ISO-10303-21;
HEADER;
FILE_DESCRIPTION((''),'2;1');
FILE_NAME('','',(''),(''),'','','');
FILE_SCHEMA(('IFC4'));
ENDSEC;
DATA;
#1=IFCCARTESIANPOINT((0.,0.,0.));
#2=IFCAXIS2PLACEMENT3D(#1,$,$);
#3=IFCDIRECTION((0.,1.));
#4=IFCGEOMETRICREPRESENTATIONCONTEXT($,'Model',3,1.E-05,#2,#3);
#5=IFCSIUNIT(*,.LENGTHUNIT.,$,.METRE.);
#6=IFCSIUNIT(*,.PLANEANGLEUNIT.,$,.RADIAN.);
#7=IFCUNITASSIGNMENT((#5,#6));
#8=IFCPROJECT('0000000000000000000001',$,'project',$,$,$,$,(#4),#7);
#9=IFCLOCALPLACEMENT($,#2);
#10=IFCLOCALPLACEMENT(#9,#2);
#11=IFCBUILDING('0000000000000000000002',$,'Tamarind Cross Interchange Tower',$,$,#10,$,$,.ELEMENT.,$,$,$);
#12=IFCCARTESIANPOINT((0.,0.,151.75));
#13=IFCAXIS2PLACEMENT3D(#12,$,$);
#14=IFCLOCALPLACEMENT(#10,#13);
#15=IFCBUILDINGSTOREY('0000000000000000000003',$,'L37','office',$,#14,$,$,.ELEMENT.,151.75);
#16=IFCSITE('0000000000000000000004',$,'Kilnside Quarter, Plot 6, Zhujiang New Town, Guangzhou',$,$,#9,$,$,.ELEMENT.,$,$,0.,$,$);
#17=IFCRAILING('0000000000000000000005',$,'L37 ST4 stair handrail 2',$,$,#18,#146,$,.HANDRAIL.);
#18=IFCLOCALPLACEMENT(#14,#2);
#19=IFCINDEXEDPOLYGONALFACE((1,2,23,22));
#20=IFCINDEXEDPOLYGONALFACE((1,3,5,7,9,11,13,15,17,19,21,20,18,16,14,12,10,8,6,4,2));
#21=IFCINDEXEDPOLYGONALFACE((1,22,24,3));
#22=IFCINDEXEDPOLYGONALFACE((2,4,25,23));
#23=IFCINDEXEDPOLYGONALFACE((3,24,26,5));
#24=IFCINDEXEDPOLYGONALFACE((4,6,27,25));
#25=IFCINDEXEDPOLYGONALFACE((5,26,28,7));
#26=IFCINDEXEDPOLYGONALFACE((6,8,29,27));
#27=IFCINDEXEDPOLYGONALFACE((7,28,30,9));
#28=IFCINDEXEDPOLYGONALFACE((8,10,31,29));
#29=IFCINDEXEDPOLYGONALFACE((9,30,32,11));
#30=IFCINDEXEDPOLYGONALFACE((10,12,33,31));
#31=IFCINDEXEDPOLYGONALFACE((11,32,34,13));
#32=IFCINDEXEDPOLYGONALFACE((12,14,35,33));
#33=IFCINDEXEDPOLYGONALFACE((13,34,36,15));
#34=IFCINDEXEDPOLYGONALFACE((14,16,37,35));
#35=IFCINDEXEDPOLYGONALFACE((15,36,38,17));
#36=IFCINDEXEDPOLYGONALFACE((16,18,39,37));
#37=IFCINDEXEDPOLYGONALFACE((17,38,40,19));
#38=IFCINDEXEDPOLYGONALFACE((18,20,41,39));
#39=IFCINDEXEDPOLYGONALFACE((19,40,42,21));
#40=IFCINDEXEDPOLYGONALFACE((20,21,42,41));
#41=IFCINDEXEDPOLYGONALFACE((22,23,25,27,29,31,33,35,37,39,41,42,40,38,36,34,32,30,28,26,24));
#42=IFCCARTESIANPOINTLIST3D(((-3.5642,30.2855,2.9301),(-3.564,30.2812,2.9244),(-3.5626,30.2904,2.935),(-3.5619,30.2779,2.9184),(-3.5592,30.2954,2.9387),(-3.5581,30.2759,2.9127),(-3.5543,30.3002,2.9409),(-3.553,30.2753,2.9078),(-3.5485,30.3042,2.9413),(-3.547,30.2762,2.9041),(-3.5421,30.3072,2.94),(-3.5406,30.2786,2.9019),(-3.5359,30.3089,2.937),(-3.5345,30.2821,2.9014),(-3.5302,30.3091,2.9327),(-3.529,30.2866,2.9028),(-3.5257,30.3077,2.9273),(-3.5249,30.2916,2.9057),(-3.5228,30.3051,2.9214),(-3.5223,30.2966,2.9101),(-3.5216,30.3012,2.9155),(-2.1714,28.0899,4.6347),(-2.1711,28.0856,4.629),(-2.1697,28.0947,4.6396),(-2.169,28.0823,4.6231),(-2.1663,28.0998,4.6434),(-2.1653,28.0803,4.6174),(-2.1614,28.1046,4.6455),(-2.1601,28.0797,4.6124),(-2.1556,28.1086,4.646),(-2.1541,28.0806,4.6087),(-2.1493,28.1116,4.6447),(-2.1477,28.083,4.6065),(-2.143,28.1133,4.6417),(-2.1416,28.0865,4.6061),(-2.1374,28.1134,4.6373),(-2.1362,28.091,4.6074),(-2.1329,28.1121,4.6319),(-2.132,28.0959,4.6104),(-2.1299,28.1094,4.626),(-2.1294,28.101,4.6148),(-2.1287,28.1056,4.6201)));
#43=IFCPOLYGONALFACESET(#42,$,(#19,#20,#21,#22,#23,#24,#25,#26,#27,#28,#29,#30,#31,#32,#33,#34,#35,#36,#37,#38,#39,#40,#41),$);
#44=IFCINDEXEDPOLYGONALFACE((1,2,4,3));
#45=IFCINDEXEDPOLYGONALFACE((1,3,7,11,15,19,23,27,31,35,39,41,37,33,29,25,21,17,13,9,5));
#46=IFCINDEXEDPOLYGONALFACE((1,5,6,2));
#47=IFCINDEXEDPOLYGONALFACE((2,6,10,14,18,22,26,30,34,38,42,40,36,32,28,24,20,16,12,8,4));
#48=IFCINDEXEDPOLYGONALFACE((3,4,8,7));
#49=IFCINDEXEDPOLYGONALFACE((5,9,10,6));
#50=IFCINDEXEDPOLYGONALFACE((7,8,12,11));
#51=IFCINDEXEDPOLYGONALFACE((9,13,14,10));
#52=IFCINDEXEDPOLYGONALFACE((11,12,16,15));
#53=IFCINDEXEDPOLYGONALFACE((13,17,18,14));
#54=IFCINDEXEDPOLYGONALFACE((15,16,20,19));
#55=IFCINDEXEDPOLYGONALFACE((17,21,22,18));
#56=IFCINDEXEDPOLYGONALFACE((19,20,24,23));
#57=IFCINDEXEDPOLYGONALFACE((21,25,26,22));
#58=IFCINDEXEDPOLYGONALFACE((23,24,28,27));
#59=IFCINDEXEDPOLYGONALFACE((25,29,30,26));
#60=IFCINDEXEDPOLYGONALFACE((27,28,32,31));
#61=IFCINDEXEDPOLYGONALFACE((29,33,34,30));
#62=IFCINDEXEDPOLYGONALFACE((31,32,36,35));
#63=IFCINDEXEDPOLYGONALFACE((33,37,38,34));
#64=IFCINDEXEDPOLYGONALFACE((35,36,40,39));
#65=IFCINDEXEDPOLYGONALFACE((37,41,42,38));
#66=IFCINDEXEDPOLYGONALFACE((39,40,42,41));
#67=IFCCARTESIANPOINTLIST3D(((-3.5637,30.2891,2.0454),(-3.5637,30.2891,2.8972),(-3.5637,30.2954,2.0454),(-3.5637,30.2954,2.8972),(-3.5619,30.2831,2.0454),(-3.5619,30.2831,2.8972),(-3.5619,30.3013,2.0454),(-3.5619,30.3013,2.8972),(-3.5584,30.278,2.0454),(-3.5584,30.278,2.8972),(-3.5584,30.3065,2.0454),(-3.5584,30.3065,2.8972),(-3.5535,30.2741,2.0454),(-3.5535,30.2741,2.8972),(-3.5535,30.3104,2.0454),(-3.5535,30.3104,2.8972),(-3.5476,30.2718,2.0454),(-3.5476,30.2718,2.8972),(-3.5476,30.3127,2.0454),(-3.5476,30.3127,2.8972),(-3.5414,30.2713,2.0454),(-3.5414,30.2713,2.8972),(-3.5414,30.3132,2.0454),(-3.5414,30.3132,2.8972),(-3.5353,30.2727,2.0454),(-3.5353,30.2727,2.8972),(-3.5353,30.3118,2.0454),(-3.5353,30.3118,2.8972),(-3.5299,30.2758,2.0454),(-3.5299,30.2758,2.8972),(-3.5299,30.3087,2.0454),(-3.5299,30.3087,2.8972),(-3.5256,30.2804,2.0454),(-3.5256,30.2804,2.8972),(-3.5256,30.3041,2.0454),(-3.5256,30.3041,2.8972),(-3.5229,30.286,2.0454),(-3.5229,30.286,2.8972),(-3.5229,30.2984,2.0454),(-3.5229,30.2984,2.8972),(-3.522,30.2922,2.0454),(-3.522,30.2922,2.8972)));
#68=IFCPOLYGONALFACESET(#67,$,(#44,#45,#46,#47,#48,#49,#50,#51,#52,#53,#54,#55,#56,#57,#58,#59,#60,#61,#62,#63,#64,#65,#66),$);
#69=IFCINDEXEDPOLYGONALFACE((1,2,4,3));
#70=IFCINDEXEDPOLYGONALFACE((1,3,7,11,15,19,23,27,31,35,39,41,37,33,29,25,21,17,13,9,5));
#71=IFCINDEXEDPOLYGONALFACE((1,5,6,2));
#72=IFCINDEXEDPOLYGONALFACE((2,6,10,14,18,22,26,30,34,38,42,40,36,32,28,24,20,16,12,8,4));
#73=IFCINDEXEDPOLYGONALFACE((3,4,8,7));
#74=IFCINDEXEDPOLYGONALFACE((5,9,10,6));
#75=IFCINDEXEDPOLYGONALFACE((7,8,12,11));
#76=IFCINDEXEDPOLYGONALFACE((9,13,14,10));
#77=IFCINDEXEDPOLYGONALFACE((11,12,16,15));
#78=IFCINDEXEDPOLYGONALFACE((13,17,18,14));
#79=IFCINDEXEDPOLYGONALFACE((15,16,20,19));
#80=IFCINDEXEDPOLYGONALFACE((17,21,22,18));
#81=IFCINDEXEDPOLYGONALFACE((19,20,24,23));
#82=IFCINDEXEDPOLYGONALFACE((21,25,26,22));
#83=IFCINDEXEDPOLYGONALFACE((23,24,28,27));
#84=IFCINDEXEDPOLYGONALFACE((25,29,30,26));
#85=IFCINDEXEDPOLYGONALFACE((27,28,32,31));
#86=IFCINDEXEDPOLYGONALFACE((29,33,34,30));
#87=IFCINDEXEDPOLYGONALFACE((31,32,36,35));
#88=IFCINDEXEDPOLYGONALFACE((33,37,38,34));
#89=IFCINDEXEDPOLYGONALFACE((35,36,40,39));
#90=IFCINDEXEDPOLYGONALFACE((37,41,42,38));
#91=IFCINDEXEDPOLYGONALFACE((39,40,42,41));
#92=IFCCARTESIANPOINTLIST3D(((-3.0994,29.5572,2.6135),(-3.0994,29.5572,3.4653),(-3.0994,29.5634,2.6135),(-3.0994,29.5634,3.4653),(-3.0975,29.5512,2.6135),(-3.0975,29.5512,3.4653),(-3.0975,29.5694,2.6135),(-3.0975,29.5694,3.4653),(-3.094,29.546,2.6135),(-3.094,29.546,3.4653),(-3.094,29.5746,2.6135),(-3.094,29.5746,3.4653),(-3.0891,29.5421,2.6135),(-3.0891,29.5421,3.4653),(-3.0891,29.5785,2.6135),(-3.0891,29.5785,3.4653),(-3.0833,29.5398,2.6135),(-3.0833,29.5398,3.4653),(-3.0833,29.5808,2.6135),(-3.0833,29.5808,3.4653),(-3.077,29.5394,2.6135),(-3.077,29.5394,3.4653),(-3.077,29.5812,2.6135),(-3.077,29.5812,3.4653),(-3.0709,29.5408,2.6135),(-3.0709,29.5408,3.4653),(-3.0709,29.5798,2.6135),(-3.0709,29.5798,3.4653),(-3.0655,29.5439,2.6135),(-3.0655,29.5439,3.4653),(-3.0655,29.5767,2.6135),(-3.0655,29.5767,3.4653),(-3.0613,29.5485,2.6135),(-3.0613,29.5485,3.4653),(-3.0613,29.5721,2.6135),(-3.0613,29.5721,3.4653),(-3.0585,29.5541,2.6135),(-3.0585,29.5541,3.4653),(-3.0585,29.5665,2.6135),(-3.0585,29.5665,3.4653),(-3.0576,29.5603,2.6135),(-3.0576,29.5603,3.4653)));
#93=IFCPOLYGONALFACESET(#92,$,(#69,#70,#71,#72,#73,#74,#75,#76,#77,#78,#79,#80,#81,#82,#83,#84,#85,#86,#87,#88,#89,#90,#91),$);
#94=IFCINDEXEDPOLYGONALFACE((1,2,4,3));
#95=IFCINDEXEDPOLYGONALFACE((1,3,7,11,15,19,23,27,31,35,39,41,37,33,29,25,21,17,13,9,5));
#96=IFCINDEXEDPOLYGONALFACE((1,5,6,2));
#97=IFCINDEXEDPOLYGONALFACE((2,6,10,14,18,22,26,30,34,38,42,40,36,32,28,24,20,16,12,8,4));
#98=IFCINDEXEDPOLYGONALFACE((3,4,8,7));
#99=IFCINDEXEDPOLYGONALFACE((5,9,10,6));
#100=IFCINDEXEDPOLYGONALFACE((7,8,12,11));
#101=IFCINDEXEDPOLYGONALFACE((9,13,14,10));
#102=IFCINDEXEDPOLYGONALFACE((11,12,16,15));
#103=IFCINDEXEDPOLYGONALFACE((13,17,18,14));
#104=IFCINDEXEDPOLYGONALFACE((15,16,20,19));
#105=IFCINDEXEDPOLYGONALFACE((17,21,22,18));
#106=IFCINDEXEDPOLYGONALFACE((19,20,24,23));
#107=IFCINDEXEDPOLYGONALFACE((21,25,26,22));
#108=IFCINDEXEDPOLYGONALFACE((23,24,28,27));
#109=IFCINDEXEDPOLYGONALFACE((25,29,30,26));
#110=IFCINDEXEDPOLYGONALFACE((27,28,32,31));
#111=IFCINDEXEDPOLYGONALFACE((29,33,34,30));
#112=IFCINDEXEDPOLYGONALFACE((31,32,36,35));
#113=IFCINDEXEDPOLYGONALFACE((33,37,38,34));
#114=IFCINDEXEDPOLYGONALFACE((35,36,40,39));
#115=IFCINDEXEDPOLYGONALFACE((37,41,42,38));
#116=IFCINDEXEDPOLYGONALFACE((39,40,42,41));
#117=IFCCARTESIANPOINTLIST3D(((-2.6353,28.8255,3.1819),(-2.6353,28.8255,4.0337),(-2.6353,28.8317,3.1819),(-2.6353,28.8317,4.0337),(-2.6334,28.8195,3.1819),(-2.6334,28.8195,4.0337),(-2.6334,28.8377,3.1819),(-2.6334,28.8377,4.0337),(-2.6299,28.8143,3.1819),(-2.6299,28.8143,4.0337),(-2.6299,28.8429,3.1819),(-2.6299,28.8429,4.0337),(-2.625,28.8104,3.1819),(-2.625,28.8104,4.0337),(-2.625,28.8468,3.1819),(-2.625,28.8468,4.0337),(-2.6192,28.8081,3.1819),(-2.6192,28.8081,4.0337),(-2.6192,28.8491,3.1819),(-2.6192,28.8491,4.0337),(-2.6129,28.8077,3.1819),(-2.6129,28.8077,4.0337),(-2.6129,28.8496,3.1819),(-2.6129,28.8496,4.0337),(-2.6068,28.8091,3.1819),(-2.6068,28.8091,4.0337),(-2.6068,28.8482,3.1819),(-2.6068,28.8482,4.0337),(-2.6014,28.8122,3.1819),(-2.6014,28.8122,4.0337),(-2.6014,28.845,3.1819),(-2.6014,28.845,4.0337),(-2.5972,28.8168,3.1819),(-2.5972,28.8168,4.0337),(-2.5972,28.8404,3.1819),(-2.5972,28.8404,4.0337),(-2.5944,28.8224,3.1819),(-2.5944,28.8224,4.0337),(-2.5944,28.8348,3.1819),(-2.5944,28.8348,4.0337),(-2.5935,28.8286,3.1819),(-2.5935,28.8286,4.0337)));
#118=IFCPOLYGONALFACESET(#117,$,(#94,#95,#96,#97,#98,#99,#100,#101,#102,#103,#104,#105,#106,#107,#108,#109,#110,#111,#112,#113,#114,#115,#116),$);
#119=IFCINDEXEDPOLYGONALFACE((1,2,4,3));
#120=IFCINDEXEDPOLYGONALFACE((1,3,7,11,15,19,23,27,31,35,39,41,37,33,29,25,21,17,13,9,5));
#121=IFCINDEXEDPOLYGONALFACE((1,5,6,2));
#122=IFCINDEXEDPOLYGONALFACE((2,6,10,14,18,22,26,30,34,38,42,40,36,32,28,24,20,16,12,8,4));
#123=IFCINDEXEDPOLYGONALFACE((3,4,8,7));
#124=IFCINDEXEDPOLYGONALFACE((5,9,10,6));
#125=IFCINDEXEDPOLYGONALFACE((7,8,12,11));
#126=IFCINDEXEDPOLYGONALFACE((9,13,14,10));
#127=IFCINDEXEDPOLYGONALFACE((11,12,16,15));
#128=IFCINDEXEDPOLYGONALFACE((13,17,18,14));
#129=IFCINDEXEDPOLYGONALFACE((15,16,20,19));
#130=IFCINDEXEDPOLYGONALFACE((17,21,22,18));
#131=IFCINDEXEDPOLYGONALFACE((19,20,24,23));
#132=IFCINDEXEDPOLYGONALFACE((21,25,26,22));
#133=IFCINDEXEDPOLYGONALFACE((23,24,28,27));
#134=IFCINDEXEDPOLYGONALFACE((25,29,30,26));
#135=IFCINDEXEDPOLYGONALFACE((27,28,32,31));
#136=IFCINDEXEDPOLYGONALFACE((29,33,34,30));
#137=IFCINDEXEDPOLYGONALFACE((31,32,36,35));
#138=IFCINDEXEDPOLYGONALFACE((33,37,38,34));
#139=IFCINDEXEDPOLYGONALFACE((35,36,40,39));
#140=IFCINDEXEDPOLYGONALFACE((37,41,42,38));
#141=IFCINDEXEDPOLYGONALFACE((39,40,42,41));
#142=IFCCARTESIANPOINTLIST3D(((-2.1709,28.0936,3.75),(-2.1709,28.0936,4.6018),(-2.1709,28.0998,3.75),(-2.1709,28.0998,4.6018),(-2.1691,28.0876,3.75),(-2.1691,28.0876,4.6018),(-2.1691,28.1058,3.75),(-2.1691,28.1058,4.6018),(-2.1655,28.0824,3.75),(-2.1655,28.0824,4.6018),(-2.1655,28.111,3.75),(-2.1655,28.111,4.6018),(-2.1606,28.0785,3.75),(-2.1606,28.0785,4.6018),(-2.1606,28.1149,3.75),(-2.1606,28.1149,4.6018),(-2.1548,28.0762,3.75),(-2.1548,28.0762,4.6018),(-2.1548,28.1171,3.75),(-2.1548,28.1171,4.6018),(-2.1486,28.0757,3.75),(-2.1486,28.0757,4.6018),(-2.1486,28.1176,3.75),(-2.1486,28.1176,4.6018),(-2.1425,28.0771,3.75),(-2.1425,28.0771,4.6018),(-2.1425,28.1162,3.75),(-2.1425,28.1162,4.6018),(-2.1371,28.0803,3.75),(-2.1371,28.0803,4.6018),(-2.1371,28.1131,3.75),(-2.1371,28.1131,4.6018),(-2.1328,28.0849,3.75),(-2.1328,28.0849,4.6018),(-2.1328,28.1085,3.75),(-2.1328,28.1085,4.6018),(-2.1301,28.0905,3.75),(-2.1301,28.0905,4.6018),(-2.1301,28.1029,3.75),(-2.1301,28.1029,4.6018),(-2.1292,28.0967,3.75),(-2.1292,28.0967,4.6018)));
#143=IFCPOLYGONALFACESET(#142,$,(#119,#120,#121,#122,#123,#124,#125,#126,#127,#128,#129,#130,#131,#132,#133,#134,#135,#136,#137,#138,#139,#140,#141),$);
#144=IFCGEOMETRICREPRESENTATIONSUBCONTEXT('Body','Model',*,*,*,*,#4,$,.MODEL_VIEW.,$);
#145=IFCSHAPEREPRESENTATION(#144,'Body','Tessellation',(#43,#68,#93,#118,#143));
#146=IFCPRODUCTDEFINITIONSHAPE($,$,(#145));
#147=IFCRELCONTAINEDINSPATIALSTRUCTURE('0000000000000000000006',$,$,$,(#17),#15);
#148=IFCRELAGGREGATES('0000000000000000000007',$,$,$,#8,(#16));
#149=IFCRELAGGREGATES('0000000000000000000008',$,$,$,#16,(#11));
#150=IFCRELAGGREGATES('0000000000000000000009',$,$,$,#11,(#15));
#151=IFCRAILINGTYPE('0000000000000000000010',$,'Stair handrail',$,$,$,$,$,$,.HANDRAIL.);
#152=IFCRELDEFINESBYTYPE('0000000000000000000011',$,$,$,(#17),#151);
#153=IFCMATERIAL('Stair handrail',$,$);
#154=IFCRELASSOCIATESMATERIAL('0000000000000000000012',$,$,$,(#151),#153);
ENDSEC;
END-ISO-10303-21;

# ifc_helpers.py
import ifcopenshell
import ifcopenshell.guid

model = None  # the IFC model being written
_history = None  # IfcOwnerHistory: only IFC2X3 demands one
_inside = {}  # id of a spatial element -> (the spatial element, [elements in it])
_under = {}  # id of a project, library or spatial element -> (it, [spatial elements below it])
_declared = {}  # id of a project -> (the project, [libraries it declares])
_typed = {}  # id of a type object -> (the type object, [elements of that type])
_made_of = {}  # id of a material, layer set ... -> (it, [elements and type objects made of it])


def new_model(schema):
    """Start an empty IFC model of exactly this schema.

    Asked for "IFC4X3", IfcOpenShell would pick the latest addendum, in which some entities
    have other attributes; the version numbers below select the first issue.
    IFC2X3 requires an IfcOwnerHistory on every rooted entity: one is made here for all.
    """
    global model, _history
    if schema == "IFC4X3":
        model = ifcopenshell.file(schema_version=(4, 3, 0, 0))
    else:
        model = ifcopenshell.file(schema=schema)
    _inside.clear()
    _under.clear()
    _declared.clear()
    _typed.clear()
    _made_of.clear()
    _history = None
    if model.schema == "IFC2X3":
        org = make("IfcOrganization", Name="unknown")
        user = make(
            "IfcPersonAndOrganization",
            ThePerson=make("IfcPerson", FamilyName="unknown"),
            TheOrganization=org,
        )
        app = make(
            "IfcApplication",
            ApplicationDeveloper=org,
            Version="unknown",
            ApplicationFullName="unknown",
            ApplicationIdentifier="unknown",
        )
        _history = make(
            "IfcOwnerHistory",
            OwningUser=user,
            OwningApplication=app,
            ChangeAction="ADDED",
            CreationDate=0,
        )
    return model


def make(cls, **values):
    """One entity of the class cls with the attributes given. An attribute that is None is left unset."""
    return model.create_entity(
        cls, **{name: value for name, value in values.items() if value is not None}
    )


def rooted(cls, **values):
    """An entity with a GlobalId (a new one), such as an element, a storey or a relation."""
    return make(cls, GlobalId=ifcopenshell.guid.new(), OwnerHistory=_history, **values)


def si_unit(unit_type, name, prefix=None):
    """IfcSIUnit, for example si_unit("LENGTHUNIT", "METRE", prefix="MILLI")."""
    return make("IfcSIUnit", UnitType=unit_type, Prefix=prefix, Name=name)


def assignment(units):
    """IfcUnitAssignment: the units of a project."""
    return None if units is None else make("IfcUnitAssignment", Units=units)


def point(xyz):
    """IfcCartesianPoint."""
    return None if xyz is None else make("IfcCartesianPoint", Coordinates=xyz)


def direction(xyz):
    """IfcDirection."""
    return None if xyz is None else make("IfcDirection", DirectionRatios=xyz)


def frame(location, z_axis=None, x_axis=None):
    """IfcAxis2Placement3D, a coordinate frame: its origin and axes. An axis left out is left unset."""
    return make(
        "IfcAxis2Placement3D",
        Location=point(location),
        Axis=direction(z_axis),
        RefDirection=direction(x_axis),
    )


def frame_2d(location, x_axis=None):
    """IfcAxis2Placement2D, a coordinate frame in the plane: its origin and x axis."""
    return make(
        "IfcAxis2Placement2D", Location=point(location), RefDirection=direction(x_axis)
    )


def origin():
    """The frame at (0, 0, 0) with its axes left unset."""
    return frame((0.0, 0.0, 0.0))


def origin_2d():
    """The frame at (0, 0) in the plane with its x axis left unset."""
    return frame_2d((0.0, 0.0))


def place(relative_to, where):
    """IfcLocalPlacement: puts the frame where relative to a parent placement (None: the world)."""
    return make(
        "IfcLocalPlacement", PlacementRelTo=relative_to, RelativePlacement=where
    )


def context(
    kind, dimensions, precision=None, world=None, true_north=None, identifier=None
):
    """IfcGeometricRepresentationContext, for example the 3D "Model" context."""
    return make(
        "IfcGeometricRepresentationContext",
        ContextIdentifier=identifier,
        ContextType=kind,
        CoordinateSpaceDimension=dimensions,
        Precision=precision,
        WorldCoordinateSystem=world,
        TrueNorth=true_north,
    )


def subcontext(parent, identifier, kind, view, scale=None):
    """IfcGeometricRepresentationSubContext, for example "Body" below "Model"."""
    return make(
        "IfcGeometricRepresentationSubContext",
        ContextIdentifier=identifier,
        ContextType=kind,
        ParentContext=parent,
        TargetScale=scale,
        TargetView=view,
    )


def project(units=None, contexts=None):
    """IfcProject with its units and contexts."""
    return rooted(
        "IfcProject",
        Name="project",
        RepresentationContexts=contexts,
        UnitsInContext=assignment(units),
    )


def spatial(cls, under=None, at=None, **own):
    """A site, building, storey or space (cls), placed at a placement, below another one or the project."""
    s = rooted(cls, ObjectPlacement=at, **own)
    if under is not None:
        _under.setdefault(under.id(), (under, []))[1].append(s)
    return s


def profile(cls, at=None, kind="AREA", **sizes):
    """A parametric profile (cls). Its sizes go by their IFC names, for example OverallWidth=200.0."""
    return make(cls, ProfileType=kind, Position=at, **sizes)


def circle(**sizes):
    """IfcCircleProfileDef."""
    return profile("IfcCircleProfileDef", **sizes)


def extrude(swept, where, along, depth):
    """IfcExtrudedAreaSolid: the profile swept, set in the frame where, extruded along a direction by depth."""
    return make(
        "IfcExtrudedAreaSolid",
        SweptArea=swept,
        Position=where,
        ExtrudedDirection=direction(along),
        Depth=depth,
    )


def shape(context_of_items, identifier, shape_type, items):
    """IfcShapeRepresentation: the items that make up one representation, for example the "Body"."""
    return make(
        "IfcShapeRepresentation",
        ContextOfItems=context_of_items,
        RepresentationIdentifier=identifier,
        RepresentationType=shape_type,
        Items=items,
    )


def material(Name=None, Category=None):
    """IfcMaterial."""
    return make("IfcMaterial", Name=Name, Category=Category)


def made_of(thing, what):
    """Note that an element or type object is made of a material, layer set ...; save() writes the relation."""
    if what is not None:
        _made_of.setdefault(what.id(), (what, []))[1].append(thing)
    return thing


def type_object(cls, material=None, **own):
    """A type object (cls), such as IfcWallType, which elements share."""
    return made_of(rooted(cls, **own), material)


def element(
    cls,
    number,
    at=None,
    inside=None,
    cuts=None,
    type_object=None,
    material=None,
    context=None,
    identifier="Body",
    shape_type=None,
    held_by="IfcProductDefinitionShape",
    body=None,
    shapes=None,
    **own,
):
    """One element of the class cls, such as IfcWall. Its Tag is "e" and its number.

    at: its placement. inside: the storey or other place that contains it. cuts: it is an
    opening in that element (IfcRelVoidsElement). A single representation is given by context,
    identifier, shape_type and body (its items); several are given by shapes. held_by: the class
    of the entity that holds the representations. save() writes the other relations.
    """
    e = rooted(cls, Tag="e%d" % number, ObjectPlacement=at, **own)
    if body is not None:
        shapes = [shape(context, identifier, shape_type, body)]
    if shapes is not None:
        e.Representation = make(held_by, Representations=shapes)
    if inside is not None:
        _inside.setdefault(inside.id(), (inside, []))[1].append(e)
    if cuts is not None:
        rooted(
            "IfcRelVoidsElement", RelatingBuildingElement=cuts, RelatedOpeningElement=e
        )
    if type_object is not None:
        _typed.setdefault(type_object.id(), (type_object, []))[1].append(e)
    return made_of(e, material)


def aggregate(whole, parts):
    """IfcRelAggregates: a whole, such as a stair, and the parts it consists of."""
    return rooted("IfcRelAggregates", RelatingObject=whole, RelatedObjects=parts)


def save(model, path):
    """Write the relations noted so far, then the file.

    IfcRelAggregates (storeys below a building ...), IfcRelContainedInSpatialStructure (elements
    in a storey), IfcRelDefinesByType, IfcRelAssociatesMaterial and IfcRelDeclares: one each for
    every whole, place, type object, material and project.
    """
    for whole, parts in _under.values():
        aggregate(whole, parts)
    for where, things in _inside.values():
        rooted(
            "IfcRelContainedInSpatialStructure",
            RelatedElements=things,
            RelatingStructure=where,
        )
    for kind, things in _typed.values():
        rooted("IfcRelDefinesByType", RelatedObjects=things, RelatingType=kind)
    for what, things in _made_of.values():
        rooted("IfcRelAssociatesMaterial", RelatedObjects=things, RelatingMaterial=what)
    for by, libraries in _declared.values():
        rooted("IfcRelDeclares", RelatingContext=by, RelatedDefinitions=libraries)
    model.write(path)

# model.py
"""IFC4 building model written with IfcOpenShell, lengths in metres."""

from ifc_helpers import new_model, si_unit, direction, frame, origin, origin_2d, place, context, subcontext, project, spatial, circle, extrude, material, type_object, element, save


model = new_model("IFC4")

# Units and contexts
model_context = context("Model", 3, precision=1e-05, world=origin(), true_north=direction((0.0, 1.0)))
body_context = subcontext(model_context, "Body", "Model", "MODEL_VIEW")
ifc_project = project(units=[si_unit("LENGTHUNIT", "METRE"), si_unit("PLANEANGLEUNIT", "RADIAN")], contexts=[model_context])

# Site, building, storey
site_placement = place(None, origin())
site = spatial("IfcSite", under=ifc_project, at=site_placement, Name="Kilnside Quarter, Plot 6, Zhujiang New Town, Guangzhou", CompositionType="ELEMENT", RefElevation=0.0)
building_placement = place(site_placement, origin())
building = spatial("IfcBuilding", under=site, at=building_placement, Name="Tamarind Cross Interchange Tower", CompositionType="ELEMENT")
storey_placement = place(building_placement, frame((0.0, 0.0, 151.75)))
storey = spatial("IfcBuildingStorey", under=building, at=storey_placement, Name="L37", Description="office", CompositionType="ELEMENT", Elevation=151.75)

# Railing
ifc_material_1 = material(Name="Stair handrail")
railing_type_1 = type_object("IfcRailingType", Name="Stair handrail", PredefinedType="HANDRAIL", material=ifc_material_1)
railing_1_placement = place(storey_placement, frame((-3.543, 30.2922, 2.0454)))
element("IfcRailing", 1, at=railing_1_placement, inside=storey, type_object=railing_type_1, Name="L37 ST4 stair handrail 2", PredefinedType="HANDRAIL", context=body_context, shape_type="SweptSolid", body=[
    extrude(circle(Radius=0.0239, at=origin_2d()), frame((0.0, 0.0, 0.876), z_axis=(0.447993, -0.706188, 0.548271), x_axis=(0.844418, 0.535684, 0.0)), (0.0, 0.0, 1.0), 3.1091),
    extrude(circle(Radius=0.021, at=origin_2d()), origin(), (0.0, 0.0, 1.0), 0.8518),
    extrude(circle(Radius=0.021, at=origin_2d()), frame((0.4644, -0.7319, 0.5681)), (0.0, 0.0, 1.0), 0.8518),
    extrude(circle(Radius=0.021, at=origin_2d()), frame((0.9285, -1.4636, 1.1365)), (0.0, 0.0, 1.0), 0.8518),
    extrude(circle(Radius=0.021, at=origin_2d()), frame((1.3928, -2.1956, 1.7046)), (0.0, 0.0, 1.0), 0.8518),
])

save(model, "model.ifc")
